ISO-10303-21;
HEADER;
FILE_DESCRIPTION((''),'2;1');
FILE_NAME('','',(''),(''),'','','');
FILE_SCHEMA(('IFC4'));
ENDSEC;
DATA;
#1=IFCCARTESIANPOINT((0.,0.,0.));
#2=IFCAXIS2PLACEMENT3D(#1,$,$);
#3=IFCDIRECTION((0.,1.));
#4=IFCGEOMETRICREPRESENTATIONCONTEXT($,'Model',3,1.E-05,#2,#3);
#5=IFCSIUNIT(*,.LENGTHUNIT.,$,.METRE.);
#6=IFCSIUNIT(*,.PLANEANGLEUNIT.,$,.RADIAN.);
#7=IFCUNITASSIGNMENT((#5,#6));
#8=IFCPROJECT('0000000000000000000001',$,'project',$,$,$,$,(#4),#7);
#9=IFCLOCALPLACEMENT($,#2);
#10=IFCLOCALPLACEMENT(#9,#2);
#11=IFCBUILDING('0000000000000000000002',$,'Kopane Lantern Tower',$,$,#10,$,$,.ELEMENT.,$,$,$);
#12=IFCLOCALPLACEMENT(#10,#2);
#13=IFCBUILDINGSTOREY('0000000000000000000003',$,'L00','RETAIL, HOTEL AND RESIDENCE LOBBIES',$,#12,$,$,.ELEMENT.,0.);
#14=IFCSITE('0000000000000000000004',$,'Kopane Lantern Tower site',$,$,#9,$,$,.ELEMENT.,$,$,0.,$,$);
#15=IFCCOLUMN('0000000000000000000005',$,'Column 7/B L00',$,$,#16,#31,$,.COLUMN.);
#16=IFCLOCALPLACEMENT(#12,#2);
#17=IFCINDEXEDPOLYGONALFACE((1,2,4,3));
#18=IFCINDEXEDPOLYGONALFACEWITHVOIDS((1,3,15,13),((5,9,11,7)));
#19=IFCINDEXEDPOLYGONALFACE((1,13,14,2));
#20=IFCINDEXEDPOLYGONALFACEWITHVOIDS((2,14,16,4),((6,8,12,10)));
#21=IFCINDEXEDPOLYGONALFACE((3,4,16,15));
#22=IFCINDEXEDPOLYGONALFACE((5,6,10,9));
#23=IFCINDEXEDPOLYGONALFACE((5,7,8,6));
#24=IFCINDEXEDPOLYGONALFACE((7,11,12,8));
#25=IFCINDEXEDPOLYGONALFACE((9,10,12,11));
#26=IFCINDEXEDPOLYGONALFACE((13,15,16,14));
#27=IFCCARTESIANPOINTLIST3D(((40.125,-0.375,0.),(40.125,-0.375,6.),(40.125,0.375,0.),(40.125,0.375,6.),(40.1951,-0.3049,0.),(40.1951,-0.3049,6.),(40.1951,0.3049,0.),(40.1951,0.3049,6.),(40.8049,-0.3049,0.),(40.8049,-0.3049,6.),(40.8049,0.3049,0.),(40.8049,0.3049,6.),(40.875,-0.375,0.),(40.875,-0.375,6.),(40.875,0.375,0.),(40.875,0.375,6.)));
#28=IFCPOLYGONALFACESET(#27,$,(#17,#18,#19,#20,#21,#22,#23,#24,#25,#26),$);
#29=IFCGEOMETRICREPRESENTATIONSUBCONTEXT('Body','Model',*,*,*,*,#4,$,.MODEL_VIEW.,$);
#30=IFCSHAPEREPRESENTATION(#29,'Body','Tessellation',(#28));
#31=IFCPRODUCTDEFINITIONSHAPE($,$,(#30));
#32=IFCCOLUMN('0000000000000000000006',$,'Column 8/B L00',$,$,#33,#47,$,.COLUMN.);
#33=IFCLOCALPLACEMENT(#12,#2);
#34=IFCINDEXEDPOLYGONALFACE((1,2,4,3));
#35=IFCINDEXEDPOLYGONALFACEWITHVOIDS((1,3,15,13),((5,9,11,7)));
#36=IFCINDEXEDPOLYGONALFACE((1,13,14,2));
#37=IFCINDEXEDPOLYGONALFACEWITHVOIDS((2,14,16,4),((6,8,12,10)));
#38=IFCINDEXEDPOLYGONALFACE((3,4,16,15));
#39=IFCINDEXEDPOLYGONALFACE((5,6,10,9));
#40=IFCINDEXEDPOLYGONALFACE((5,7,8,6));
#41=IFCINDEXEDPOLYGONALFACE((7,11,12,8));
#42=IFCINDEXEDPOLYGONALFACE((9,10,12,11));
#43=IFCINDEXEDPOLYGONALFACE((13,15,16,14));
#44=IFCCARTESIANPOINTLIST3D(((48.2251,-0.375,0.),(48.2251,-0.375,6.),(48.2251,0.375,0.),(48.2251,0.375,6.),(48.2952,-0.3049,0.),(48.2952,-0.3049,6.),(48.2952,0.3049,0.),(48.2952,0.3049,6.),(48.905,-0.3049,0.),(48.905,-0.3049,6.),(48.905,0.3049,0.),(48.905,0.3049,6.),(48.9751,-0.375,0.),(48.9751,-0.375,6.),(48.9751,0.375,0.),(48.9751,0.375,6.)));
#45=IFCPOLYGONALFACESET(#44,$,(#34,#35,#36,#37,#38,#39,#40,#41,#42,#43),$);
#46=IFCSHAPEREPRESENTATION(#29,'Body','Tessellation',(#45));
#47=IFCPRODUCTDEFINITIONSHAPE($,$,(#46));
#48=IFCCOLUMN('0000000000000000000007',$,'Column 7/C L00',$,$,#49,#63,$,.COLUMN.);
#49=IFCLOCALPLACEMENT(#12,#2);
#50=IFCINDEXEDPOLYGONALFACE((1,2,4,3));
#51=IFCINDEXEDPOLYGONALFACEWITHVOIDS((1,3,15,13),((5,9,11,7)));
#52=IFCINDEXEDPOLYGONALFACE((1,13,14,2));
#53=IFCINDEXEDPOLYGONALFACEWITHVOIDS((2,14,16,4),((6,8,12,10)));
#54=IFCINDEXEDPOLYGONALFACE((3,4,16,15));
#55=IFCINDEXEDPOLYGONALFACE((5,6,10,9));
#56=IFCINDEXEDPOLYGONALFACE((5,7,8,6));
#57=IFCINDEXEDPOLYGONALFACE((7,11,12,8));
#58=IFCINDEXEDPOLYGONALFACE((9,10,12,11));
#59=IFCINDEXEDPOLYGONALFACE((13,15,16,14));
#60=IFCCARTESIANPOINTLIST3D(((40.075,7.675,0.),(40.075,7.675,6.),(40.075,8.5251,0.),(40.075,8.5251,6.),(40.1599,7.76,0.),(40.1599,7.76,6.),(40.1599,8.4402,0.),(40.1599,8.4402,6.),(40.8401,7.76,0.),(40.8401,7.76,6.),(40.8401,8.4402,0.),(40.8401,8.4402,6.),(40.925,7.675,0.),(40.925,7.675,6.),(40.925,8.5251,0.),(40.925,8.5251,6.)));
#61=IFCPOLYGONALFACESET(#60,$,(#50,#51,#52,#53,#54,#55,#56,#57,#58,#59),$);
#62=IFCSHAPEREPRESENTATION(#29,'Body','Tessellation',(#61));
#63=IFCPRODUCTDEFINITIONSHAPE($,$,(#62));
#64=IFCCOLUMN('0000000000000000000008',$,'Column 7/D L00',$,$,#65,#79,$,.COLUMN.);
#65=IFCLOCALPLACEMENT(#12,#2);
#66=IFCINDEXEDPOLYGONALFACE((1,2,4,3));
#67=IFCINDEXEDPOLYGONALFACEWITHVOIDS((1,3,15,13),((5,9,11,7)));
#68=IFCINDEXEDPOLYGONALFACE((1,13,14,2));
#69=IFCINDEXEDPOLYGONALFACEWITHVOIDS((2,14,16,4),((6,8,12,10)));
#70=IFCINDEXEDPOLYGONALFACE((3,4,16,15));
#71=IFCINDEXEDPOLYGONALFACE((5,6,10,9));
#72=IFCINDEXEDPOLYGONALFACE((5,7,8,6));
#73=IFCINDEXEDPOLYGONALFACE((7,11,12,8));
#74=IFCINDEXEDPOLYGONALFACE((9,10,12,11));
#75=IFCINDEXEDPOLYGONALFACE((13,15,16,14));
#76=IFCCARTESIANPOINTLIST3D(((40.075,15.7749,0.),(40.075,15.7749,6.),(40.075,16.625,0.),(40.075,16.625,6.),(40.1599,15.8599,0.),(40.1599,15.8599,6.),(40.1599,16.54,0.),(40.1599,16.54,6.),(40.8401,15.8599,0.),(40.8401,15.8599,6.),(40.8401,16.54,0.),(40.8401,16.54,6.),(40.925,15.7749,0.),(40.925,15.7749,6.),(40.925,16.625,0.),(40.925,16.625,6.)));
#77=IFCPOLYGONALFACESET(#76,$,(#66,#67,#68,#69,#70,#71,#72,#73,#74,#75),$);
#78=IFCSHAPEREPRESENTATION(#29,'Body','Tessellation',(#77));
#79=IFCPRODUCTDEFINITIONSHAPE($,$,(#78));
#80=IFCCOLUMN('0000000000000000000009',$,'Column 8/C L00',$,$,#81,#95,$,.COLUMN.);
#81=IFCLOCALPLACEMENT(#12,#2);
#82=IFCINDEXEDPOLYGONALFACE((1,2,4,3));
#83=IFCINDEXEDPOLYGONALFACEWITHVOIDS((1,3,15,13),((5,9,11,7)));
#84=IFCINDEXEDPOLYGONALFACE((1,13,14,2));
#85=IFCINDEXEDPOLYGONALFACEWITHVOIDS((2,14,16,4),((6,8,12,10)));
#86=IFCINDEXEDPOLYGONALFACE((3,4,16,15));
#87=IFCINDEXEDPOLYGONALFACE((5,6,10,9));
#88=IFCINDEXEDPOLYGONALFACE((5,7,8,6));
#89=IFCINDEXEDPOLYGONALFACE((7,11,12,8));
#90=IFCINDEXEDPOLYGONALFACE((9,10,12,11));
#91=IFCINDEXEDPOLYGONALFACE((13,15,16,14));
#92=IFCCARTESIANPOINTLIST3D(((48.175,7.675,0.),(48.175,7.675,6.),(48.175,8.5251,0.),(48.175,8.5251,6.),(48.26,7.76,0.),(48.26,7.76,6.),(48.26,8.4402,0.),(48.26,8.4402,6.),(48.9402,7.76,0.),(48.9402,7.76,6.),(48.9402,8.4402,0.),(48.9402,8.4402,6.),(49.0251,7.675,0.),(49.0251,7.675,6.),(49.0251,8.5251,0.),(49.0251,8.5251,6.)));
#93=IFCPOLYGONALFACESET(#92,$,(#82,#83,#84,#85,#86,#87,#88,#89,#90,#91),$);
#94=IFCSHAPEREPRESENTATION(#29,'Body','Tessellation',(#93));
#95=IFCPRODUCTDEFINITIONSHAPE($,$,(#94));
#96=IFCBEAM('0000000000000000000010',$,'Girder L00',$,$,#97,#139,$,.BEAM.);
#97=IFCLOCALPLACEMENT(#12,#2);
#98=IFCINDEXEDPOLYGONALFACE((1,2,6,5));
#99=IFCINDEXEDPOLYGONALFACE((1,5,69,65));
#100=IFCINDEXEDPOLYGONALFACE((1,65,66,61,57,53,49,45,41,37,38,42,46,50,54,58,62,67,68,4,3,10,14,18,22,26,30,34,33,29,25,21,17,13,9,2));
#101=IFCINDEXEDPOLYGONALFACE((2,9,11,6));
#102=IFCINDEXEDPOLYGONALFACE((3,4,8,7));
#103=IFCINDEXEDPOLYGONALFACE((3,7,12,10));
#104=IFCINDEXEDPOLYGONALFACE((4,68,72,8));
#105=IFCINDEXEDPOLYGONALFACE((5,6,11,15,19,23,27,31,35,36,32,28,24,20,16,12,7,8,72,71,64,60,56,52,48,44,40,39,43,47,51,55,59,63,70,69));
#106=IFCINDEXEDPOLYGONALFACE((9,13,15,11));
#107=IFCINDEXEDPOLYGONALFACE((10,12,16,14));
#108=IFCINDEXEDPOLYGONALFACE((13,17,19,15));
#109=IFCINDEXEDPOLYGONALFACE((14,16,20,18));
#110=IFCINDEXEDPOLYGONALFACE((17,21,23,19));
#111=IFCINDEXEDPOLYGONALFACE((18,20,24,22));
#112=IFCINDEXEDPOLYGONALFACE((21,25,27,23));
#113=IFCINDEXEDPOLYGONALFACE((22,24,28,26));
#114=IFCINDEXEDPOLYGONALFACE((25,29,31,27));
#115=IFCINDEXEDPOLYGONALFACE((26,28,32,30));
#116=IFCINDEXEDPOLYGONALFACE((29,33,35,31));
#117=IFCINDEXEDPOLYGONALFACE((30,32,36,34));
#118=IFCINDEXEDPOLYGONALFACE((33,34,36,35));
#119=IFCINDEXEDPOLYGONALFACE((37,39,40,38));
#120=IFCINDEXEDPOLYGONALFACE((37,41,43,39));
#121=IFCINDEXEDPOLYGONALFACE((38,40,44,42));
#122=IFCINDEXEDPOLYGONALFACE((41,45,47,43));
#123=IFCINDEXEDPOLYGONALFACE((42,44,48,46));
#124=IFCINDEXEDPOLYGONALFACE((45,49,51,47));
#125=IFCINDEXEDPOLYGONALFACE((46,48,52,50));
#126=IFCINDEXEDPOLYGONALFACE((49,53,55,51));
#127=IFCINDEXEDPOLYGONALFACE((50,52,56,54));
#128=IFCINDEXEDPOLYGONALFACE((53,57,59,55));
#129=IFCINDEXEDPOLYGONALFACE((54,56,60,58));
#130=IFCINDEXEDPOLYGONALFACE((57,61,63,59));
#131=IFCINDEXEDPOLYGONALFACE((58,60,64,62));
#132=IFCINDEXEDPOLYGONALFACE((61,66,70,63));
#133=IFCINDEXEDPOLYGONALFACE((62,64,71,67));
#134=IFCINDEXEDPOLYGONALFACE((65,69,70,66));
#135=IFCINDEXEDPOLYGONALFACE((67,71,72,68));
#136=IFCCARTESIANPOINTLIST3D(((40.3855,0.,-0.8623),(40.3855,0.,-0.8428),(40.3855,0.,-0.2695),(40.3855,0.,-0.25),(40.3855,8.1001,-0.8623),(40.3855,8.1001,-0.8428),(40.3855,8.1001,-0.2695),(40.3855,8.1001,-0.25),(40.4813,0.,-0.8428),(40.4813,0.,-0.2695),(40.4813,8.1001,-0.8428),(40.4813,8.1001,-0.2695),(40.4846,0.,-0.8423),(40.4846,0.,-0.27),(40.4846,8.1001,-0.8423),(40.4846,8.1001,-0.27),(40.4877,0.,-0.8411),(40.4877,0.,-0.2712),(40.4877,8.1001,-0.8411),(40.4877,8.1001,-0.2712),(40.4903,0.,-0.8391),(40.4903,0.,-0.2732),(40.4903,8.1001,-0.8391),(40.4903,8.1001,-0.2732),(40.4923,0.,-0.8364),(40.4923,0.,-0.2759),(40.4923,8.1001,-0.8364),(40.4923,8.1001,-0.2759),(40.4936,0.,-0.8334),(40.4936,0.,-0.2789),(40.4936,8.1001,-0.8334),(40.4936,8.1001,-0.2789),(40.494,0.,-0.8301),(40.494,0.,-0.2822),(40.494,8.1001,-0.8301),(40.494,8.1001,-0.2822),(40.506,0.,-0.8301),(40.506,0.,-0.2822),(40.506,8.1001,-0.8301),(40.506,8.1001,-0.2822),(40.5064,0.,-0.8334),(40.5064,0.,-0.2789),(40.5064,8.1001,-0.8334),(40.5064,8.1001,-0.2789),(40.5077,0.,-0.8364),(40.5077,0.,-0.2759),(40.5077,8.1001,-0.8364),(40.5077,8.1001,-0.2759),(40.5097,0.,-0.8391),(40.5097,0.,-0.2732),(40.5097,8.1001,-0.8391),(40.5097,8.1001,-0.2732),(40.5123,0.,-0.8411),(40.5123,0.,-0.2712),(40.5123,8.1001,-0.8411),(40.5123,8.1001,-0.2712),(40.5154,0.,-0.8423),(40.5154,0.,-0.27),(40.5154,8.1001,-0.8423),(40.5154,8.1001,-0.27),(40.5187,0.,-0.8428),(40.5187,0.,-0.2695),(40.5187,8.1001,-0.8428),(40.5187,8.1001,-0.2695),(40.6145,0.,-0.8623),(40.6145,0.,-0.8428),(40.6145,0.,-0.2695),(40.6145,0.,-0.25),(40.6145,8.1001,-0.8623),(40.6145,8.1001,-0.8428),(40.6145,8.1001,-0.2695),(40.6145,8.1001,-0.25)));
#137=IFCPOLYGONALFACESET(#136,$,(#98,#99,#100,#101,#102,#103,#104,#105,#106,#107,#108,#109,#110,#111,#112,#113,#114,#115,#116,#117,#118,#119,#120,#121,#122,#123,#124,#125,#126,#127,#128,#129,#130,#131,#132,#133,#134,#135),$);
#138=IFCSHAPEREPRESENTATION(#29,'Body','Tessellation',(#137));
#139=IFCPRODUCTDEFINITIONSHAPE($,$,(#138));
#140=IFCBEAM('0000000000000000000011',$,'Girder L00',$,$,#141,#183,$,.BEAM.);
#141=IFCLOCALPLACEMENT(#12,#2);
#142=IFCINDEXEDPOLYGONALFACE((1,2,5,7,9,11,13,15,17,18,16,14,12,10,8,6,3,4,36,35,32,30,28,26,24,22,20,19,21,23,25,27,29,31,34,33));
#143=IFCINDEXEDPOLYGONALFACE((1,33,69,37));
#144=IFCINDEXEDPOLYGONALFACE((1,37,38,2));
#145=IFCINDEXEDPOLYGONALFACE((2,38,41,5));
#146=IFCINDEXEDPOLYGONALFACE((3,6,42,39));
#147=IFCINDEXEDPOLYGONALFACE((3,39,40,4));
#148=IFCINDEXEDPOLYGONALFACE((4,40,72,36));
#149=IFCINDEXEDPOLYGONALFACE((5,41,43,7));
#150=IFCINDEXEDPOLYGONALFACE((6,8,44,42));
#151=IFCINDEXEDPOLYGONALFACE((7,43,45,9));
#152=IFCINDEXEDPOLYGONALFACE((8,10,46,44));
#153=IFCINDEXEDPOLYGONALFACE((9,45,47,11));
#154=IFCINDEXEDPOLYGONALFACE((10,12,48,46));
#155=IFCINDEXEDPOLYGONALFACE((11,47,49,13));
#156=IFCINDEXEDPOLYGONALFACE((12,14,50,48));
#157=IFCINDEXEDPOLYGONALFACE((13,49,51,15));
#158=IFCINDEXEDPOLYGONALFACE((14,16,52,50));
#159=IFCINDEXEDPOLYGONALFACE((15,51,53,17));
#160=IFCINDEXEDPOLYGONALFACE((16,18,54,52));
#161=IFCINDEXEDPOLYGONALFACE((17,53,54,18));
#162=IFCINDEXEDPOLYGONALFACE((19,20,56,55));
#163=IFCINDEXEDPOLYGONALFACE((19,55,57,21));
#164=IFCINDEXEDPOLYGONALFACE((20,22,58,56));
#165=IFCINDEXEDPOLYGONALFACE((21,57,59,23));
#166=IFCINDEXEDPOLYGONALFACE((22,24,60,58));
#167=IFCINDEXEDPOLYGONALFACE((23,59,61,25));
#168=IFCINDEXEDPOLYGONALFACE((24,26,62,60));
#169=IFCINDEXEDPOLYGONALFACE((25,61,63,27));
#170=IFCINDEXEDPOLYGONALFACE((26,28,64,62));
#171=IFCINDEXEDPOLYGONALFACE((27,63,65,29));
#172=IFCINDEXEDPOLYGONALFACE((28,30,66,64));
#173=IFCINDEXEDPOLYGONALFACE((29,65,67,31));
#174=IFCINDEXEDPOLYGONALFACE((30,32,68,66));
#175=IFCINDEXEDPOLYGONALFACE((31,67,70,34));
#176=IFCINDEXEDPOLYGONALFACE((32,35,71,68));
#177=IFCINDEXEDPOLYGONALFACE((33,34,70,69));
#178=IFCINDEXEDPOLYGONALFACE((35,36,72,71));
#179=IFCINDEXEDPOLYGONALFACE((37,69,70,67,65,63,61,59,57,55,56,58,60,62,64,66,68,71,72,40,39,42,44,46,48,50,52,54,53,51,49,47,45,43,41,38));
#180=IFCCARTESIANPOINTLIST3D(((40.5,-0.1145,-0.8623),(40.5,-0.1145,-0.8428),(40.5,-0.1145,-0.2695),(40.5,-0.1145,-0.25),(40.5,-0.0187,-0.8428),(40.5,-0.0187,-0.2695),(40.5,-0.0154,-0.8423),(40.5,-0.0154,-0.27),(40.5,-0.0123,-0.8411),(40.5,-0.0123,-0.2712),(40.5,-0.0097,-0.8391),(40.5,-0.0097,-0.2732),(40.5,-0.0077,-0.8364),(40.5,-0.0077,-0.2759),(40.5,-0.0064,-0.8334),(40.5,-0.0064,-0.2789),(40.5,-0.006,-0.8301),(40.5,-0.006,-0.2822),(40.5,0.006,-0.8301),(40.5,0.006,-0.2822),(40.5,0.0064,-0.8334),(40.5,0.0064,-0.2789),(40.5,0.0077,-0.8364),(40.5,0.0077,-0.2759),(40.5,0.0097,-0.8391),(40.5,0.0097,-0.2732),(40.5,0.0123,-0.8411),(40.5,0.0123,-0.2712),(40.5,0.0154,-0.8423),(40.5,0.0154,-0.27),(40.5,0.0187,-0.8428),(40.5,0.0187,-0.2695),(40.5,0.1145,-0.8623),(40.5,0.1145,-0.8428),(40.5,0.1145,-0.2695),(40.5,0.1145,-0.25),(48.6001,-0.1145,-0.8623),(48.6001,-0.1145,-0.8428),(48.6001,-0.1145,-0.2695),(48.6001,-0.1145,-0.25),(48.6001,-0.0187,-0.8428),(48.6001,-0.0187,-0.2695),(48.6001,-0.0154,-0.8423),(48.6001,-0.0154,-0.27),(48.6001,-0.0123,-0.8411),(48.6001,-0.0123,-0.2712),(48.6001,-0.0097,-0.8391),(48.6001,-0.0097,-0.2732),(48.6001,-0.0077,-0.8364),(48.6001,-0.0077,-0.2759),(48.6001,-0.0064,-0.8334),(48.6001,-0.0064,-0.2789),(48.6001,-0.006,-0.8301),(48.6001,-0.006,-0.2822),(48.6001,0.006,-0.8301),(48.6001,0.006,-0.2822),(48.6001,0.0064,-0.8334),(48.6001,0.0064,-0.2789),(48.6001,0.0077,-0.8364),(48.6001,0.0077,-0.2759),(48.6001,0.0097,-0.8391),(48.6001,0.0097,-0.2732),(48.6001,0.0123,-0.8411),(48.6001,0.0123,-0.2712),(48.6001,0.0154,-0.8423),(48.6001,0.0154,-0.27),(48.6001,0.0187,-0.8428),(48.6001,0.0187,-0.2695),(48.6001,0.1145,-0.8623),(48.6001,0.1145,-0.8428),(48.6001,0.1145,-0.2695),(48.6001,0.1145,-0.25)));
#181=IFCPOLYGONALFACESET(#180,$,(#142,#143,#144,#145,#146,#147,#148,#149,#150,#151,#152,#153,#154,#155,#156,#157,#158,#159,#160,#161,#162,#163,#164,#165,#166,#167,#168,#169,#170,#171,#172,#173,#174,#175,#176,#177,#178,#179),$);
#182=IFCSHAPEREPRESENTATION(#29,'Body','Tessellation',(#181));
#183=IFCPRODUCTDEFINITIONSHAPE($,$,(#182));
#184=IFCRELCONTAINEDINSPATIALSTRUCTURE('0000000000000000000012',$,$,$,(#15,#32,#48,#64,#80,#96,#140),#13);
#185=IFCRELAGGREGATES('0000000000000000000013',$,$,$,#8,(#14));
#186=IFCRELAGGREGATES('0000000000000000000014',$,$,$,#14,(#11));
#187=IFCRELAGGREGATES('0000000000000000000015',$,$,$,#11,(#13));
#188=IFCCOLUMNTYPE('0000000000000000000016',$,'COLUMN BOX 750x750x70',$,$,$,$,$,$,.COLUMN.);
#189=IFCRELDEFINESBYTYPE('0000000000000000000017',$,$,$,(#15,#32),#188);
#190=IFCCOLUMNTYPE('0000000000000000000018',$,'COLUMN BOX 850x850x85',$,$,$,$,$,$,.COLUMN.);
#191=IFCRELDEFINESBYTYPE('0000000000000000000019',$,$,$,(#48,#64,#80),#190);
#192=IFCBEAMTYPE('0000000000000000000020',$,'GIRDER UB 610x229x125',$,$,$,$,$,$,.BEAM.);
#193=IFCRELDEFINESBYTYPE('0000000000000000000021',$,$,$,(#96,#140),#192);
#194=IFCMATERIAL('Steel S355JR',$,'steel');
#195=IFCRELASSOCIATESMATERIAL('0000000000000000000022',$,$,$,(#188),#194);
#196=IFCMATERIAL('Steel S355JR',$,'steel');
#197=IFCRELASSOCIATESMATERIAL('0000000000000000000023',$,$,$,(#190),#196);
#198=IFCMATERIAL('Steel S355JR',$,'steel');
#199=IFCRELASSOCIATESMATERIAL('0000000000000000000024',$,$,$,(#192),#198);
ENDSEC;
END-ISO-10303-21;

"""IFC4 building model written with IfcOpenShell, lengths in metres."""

from ifc_helpers import new_model, si_unit, direction, frame, origin, origin_2d, place, context, subcontext, project, spatial, hollow_rectangle, i_section, extrude, material, material_profile, profile_set, type_object, element, save


model = new_model("IFC4")

# Units and contexts
model_context = context("Model", 3, precision=1e-05, world=origin(), true_north=direction((0.0, 1.0)))
body_context = subcontext(model_context, "Body", "Model", "MODEL_VIEW")
ifc_project = project(units=[si_unit("LENGTHUNIT", "METRE"), si_unit("PLANEANGLEUNIT", "RADIAN")], contexts=[model_context])

# Site, building, storey
site_placement = place(None, origin())
site = spatial("IfcSite", under=ifc_project, at=site_placement, Name="Kopane Lantern Tower site", CompositionType="ELEMENT", RefElevation=0.0)
building_placement = place(site_placement, origin())
building = spatial("IfcBuilding", under=site, at=building_placement, Name="Kopane Lantern Tower", CompositionType="ELEMENT")
storey_placement = place(building_placement, origin())
storey = spatial("IfcBuildingStorey", under=building, at=storey_placement, Name="L00", Description="RETAIL, HOTEL AND RESIDENCE LOBBIES", CompositionType="ELEMENT", Elevation=0.0)

# Columns
ifc_material_1 = material(Name="Steel S355JR", Category="steel")
ifc_material_profile_1 = material_profile(ifc_material_1, hollow_rectangle(XDim=0.75, YDim=0.75, WallThickness=0.0701, at=origin_2d()), Name="BOX 750x750x70")
ifc_profile_set_1 = profile_set([ifc_material_profile_1], Name="Steel S355JR")
column_type_1 = type_object("IfcColumnType", Name="COLUMN BOX 750x750x70", PredefinedType="COLUMN", material=ifc_profile_set_1)
for number, where, z_axis, x_axis, name in (
    (1, (40.5, 0.0, 0.0), (0.0, 0.0, 1.0), (1.0, 0.0, 0.0), "Column 7/B L00"),
    (2, (48.6001, 0.0, 0.0), (0.0, 0.0, 1.0), (1.0, 0.0, 0.0), "Column 8/B L00"),
):
    element("IfcColumn", number, at=place(storey_placement, frame(where, z_axis=z_axis, x_axis=x_axis)), inside=storey, type_object=column_type_1, Name=name, PredefinedType="COLUMN", context=body_context, shape_type="SweptSolid", body=[
        extrude(hollow_rectangle(XDim=0.75, YDim=0.75, WallThickness=0.0701, at=origin_2d()), origin(), (0.0, 0.0, 1.0), 6.0),
    ])
ifc_material_2 = material(Name="Steel S355JR", Category="steel")
ifc_material_profile_2 = material_profile(ifc_material_2, hollow_rectangle(XDim=0.8501, YDim=0.8501, WallThickness=0.085, at=origin_2d()), Name="BOX 850x850x85")
ifc_profile_set_2 = profile_set([ifc_material_profile_2], Name="Steel S355JR")
column_type_2 = type_object("IfcColumnType", Name="COLUMN BOX 850x850x85", PredefinedType="COLUMN", material=ifc_profile_set_2)
for number, where, z_axis, x_axis, name in (
    (3, (40.5, 8.1001, 0.0), (0.0, 0.0, 1.0), (1.0, 0.0, 0.0), "Column 7/C L00"),
    (4, (40.5, 16.2, 0.0), (0.0, 0.0, 1.0), (1.0, 0.0, 0.0), "Column 7/D L00"),
    (5, (48.6001, 8.1001, 0.0), (0.0, 0.0, 1.0), (1.0, 0.0, 0.0), "Column 8/C L00"),
):
    element("IfcColumn", number, at=place(storey_placement, frame(where, z_axis=z_axis, x_axis=x_axis)), inside=storey, type_object=column_type_2, Name=name, PredefinedType="COLUMN", context=body_context, shape_type="SweptSolid", body=[
        extrude(hollow_rectangle(XDim=0.8501, YDim=0.8501, WallThickness=0.085, at=origin_2d()), origin(), (0.0, 0.0, 1.0), 6.0),
    ])

# Beams
ifc_material_3 = material(Name="Steel S355JR", Category="steel")
ifc_material_profile_3 = material_profile(ifc_material_3, i_section(OverallWidth=0.229, OverallDepth=0.6123, WebThickness=0.012, FlangeThickness=0.0195, FilletRadius=0.0127, at=origin_2d()), Name="UB 610x229x125")
ifc_profile_set_3 = profile_set([ifc_material_profile_3], Name="Steel S355JR")
beam_type = type_object("IfcBeamType", Name="GIRDER UB 610x229x125", PredefinedType="BEAM", material=ifc_profile_set_3)
for number, where, z_axis, x_axis, name in (
    (6, (40.5, 0.0, -0.5562), (0.0, 1.0, 0.0), (-1.0, 0.0, 0.0), "Girder L00"),
    (7, (40.5, 0.0, -0.5562), (1.0, 0.0, 0.0), (0.0, 1.0, 0.0), "Girder L00"),
):
    element("IfcBeam", number, at=place(storey_placement, frame(where, z_axis=z_axis, x_axis=x_axis)), inside=storey, type_object=beam_type, Name=name, PredefinedType="BEAM", context=body_context, shape_type="SweptSolid", body=[
        extrude(i_section(OverallWidth=0.229, OverallDepth=0.6123, WebThickness=0.012, FlangeThickness=0.0195, FilletRadius=0.0127, at=origin_2d()), origin(), (0.0, 0.0, 1.0), 8.1001),
    ])

save(model, "model.ifc")
